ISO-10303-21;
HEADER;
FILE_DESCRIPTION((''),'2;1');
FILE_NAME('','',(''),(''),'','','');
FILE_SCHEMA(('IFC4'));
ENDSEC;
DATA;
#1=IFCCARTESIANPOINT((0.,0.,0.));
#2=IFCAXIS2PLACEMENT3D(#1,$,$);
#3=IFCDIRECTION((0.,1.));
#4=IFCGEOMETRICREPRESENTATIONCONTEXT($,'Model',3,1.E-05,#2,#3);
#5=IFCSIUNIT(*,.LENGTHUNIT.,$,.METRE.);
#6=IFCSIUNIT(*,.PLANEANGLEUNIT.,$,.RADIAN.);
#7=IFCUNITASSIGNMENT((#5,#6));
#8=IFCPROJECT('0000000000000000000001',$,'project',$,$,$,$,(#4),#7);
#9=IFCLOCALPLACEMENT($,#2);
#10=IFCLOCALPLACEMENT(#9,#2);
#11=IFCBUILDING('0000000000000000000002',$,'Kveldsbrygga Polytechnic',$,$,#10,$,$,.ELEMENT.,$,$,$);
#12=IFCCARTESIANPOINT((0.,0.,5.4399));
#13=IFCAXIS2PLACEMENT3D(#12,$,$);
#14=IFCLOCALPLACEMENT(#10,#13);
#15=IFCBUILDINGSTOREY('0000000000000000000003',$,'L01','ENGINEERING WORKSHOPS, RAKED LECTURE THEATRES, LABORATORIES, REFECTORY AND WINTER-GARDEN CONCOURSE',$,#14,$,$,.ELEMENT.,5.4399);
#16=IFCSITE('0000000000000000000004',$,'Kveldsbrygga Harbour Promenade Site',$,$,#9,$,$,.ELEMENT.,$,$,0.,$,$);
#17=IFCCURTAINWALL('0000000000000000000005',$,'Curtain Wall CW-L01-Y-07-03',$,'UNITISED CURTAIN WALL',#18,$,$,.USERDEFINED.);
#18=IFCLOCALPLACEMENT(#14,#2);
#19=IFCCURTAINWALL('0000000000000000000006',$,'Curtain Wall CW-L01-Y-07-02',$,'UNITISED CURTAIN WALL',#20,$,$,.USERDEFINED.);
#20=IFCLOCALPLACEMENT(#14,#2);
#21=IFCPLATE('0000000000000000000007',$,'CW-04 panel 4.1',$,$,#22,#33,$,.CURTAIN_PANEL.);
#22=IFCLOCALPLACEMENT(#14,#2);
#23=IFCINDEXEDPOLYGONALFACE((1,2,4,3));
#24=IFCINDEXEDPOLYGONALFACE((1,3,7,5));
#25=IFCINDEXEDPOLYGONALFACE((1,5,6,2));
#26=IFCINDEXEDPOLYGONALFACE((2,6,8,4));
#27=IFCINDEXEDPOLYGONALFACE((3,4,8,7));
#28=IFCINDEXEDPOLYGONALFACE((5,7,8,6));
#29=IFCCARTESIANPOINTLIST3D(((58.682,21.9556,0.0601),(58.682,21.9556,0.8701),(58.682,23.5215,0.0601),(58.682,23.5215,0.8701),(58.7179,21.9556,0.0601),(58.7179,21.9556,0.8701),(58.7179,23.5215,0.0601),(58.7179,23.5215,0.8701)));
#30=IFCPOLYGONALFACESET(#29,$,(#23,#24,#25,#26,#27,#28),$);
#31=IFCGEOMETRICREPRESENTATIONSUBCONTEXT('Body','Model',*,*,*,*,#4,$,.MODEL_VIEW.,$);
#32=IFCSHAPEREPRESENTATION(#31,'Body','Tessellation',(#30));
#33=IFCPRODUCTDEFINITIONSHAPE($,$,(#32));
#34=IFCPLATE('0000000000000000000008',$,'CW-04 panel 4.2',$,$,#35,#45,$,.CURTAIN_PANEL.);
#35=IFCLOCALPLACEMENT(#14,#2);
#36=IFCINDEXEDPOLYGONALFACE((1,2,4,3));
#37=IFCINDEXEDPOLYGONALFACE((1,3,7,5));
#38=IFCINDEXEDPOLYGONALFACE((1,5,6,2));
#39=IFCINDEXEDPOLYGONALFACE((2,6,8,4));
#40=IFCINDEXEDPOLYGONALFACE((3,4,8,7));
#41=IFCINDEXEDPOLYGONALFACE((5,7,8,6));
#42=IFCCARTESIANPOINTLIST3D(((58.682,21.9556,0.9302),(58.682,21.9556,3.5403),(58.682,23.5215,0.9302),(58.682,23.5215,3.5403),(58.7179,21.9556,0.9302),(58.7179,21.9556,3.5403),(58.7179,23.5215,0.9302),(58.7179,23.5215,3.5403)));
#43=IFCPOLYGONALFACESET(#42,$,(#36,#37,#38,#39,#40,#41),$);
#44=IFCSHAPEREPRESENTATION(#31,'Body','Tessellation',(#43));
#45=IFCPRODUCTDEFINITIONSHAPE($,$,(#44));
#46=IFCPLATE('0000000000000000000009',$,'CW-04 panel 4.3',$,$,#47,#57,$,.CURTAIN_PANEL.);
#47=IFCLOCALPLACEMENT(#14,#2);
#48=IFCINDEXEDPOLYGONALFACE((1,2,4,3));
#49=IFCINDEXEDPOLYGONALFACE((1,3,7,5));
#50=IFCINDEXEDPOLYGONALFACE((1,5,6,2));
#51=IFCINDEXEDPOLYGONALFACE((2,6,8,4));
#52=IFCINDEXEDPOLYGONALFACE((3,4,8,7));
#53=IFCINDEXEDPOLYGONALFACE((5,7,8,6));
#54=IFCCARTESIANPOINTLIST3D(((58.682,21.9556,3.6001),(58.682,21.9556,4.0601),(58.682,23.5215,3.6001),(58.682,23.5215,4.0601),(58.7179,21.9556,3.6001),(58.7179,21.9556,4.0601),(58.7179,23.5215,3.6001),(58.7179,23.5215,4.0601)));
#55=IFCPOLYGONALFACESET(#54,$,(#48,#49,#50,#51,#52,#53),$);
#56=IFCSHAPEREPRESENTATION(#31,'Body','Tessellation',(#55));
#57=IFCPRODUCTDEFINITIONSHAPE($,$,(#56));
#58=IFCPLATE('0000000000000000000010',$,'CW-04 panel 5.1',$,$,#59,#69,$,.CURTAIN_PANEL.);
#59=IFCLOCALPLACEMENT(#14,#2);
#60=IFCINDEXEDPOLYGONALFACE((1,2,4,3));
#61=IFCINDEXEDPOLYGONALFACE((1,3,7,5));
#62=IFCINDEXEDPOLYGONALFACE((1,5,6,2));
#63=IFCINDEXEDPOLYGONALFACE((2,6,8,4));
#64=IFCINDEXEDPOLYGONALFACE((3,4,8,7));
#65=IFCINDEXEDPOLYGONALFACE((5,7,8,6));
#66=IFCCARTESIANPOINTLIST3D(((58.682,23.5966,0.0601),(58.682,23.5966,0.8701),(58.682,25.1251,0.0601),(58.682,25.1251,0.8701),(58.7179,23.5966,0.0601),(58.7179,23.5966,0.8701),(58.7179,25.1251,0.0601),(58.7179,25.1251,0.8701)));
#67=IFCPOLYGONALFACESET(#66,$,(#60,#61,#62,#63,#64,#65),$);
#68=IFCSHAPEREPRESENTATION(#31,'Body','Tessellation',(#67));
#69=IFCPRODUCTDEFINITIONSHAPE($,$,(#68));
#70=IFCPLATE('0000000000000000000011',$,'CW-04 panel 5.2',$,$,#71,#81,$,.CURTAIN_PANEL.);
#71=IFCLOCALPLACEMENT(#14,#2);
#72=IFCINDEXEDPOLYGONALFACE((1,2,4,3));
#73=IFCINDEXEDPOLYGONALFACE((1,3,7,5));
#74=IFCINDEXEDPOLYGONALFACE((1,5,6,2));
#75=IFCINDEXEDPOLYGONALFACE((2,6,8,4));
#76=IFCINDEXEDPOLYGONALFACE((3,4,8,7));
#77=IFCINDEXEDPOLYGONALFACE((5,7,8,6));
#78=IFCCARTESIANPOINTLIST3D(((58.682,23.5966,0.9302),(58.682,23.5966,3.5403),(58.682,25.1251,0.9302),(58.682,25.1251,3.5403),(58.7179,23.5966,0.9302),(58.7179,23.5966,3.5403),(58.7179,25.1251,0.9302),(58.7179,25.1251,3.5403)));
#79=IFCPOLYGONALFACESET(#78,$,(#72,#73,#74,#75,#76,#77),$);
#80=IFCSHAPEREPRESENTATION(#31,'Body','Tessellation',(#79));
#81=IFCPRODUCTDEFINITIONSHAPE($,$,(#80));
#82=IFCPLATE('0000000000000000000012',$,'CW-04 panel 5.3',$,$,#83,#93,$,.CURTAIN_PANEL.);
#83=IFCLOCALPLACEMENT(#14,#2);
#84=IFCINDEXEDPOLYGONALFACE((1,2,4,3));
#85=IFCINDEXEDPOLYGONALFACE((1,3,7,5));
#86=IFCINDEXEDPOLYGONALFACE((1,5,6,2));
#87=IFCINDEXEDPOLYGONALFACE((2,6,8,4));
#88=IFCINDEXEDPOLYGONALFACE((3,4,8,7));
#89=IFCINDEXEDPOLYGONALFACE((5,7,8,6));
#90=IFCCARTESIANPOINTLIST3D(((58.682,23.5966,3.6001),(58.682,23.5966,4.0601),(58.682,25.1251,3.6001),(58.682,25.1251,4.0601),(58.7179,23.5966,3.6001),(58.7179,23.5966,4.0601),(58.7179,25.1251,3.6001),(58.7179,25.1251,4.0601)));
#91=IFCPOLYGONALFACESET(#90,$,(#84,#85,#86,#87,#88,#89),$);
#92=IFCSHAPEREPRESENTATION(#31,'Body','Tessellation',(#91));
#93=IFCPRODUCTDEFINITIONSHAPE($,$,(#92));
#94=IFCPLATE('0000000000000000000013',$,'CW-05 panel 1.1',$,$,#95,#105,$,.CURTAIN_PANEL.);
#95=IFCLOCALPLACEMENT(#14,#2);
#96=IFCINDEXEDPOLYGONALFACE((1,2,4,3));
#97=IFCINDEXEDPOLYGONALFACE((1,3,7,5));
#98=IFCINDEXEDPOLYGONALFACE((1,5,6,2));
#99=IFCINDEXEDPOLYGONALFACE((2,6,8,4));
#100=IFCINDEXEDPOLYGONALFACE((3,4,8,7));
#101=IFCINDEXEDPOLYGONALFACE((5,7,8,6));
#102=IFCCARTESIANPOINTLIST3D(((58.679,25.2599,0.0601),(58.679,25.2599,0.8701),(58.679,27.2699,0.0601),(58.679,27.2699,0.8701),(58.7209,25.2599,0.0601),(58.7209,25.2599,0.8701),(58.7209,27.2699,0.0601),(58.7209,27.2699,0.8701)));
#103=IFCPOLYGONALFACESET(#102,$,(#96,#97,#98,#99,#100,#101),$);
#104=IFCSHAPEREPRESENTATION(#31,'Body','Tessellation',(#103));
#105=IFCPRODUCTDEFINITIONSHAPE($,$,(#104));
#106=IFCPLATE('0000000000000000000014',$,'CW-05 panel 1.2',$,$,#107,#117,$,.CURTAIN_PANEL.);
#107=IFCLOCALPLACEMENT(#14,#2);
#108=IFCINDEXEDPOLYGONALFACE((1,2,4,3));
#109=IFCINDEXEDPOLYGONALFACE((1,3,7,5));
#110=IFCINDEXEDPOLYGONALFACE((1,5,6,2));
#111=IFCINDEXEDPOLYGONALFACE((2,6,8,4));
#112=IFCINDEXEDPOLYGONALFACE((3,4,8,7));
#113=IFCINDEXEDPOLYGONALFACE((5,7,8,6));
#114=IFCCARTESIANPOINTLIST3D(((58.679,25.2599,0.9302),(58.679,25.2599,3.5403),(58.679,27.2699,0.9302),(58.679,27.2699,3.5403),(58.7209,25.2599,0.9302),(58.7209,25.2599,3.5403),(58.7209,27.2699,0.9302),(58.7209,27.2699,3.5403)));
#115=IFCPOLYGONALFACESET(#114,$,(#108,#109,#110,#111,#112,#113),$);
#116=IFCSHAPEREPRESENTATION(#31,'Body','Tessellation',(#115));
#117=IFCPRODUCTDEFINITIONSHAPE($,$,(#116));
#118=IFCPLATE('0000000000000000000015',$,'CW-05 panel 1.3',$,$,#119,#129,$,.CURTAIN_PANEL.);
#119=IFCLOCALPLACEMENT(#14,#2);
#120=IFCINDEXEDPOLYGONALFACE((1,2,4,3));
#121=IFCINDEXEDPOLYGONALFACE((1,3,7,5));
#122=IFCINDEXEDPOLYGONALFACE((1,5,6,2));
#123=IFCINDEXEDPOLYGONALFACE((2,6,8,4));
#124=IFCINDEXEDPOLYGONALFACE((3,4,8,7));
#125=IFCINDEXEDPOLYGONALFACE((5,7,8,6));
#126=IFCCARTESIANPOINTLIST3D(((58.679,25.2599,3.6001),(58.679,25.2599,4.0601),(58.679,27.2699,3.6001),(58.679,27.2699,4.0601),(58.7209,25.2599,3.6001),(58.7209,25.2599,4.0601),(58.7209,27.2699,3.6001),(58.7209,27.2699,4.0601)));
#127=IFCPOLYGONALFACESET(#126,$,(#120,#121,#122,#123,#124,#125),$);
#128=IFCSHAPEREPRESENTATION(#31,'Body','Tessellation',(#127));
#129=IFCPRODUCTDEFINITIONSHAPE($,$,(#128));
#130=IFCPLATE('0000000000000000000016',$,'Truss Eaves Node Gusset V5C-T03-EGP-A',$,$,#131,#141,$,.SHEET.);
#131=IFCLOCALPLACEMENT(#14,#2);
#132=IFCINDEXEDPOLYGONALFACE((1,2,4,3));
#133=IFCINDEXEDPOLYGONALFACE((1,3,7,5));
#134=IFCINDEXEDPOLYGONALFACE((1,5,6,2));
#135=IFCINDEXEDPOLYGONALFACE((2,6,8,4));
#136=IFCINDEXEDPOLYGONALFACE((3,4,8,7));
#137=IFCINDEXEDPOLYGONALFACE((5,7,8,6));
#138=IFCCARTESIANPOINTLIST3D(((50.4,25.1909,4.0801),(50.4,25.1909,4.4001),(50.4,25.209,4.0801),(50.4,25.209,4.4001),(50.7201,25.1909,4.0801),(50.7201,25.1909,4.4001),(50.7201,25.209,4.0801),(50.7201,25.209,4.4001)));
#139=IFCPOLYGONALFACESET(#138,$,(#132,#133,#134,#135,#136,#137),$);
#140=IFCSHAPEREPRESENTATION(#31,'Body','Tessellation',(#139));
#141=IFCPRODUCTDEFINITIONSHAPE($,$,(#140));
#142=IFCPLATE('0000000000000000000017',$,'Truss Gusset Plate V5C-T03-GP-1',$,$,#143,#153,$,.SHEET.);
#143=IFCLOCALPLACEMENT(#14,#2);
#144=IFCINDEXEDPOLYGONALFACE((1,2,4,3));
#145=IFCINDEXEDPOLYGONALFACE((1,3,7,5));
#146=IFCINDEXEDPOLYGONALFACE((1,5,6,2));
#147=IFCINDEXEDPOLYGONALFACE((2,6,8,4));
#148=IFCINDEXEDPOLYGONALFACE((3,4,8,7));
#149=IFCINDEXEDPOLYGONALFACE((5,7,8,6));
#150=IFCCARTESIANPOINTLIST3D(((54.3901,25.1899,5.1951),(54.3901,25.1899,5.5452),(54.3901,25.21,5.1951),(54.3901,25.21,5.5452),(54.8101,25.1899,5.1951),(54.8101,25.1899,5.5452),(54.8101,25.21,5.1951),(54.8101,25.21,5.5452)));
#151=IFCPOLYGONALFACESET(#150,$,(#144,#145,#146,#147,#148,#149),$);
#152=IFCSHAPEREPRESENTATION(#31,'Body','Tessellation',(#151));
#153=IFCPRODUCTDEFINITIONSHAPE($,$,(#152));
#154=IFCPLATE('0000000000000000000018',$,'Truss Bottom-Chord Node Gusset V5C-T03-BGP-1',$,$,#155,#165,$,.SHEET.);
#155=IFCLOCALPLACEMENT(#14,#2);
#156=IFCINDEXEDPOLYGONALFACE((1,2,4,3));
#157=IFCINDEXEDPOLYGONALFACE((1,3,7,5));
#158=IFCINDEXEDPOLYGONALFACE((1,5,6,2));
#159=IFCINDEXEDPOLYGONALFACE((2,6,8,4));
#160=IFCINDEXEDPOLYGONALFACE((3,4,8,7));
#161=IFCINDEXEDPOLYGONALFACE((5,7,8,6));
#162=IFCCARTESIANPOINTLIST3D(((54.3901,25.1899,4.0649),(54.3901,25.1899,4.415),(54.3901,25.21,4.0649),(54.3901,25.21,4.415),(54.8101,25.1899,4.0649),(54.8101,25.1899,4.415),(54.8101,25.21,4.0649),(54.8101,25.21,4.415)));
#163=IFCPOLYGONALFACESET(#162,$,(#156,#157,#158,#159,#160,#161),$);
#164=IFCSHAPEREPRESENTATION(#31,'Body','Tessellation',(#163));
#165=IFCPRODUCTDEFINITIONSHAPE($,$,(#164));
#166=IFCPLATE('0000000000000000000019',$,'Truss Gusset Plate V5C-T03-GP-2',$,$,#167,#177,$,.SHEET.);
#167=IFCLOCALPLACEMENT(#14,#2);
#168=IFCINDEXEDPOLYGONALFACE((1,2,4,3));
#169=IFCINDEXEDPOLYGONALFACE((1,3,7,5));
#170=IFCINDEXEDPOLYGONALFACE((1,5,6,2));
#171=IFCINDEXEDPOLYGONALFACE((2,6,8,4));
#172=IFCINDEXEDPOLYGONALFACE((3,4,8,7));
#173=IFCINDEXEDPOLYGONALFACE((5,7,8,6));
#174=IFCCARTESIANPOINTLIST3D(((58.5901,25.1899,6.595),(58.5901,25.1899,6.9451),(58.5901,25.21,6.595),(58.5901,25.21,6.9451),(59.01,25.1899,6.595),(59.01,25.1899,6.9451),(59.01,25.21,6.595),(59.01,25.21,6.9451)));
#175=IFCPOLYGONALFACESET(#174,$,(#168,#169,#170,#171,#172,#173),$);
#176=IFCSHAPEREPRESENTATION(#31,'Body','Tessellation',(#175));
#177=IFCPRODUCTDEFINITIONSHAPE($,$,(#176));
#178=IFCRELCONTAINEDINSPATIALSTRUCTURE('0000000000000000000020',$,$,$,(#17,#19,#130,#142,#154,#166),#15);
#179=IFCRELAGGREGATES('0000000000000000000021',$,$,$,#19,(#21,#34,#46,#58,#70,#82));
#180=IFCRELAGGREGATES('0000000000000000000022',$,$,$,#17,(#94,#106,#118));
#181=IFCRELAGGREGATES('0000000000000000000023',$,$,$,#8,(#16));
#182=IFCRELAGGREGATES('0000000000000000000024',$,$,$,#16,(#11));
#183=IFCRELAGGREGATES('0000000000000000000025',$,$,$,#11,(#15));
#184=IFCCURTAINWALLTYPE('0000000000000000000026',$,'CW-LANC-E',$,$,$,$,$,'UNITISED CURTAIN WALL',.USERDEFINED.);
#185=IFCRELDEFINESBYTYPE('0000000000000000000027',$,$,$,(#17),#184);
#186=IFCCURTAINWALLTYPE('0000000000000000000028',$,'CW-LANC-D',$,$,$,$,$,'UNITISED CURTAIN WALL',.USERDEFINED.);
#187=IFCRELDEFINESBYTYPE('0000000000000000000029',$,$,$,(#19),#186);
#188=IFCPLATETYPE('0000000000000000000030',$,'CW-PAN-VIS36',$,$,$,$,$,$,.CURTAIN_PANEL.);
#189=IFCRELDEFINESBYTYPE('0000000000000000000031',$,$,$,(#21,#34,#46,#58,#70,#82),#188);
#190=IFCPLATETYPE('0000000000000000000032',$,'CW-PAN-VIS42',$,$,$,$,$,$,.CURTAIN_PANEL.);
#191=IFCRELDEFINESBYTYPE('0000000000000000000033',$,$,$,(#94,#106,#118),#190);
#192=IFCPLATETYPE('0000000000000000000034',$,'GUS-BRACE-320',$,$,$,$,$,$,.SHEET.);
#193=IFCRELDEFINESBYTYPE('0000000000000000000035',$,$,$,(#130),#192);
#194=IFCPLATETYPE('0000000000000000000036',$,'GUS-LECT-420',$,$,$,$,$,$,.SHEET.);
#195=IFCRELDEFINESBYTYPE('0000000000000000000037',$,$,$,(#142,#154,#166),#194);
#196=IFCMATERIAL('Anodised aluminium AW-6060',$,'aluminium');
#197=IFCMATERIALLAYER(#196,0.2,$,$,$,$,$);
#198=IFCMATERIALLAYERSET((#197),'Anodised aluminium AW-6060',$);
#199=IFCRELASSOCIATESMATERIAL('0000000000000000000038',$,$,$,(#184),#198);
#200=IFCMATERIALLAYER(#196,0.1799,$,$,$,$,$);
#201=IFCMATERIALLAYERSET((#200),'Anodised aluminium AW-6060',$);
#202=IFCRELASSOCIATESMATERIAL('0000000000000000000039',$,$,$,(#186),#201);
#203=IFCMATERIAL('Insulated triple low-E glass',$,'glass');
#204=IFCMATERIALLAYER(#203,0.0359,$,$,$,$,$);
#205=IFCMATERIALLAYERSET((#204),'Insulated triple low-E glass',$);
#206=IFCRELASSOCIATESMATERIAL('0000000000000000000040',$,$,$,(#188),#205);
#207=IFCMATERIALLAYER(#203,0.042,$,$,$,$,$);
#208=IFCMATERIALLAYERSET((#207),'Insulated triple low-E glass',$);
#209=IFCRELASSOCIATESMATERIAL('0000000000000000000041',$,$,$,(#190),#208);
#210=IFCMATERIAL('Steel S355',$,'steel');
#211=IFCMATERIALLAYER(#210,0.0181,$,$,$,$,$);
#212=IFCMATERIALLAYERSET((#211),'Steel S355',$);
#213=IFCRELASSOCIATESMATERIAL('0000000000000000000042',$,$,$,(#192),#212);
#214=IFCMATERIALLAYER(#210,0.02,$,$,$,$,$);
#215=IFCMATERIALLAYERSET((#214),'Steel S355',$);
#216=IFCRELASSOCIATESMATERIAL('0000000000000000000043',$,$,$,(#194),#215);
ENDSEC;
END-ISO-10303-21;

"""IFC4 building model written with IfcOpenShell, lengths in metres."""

from ifc_helpers import new_model, si_unit, direction, frame, origin, origin_2d, place, context, subcontext, project, spatial, rectangle, extrude, material, layer, layer_set, type_object, element, aggregate, save


model = new_model("IFC4")

# Units and contexts
model_context = context("Model", 3, precision=1e-05, world=origin(), true_north=direction((0.0, 1.0)))
body_context = subcontext(model_context, "Body", "Model", "MODEL_VIEW")
ifc_project = project(units=[si_unit("LENGTHUNIT", "METRE"), si_unit("PLANEANGLEUNIT", "RADIAN")], contexts=[model_context])

# Site, building, storey
site_placement = place(None, origin())
site = spatial("IfcSite", under=ifc_project, at=site_placement, Name="Kveldsbrygga Harbour Promenade Site", CompositionType="ELEMENT", RefElevation=0.0)
building_placement = place(site_placement, origin())
building = spatial("IfcBuilding", under=site, at=building_placement, Name="Kveldsbrygga Polytechnic", CompositionType="ELEMENT")
storey_placement = place(building_placement, frame((0.0, 0.0, 5.4399)))
storey = spatial("IfcBuildingStorey", under=building, at=storey_placement, Name="L01", Description="ENGINEERING WORKSHOPS, RAKED LECTURE THEATRES, LABORATORIES, REFECTORY AND WINTER-GARDEN CONCOURSE", CompositionType="ELEMENT", Elevation=5.4399)

# Curtain walls
ifc_material_1 = material(Name="Anodised aluminium AW-6060", Category="aluminium")
ifc_layer_1 = layer(ifc_material_1, 0.2)
ifc_layer_set_1 = layer_set([ifc_layer_1], Name="Anodised aluminium AW-6060")
curtain_wall_type_1 = type_object("IfcCurtainWallType", Name="CW-LANC-E", ElementType="UNITISED CURTAIN WALL", PredefinedType="USERDEFINED", material=ifc_layer_set_1)
curtain_wall_1_placement = place(storey_placement, origin())
curtain_wall_1 = element("IfcCurtainWall", 1, at=curtain_wall_1_placement, inside=storey, type_object=curtain_wall_type_1, Name="Curtain Wall CW-L01-Y-07-03", ObjectType="UNITISED CURTAIN WALL", PredefinedType="USERDEFINED")
ifc_layer_2 = layer(ifc_material_1, 0.1799)
ifc_layer_set_2 = layer_set([ifc_layer_2], Name="Anodised aluminium AW-6060")
curtain_wall_type_2 = type_object("IfcCurtainWallType", Name="CW-LANC-D", ElementType="UNITISED CURTAIN WALL", PredefinedType="USERDEFINED", material=ifc_layer_set_2)
curtain_wall_2_placement = place(storey_placement, origin())
curtain_wall_2 = element("IfcCurtainWall", 2, at=curtain_wall_2_placement, inside=storey, type_object=curtain_wall_type_2, Name="Curtain Wall CW-L01-Y-07-02", ObjectType="UNITISED CURTAIN WALL", PredefinedType="USERDEFINED")

# Shared definitions
ifc_material_2 = material(Name="Steel S355", Category="steel")

# Plates
ifc_material_3 = material(Name="Insulated triple low-E glass", Category="glass")
ifc_layer_3 = layer(ifc_material_3, 0.0359)
ifc_layer_set_3 = layer_set([ifc_layer_3], Name="Insulated triple low-E glass")
plate_type_1 = type_object("IfcPlateType", Name="CW-PAN-VIS36", PredefinedType="CURTAIN_PANEL", material=ifc_layer_set_3)
plate_1_placement = place(storey_placement, frame((58.7, 22.7385, 0.0601), z_axis=(0.0, 0.0, 1.0), x_axis=(0.0, 1.0, 0.0)))
plate_1 = element("IfcPlate", 3, at=plate_1_placement, type_object=plate_type_1, Name="CW-04 panel 4.1", PredefinedType="CURTAIN_PANEL", context=body_context, shape_type="SweptSolid", body=[
    extrude(rectangle(XDim=1.5659, YDim=0.0359, at=origin_2d()), origin(), (0.0, 0.0, 1.0), 0.8101),
])
plate_2_placement = place(storey_placement, frame((58.7, 22.7385, 0.9302), z_axis=(0.0, 0.0, 1.0), x_axis=(0.0, 1.0, 0.0)))
plate_2 = element("IfcPlate", 4, at=plate_2_placement, type_object=plate_type_1, Name="CW-04 panel 4.2", PredefinedType="CURTAIN_PANEL", context=body_context, shape_type="SweptSolid", body=[
    extrude(rectangle(XDim=1.5659, YDim=0.0359, at=origin_2d()), origin(), (0.0, 0.0, 1.0), 2.6101),
])
plate_3_placement = place(storey_placement, frame((58.7, 22.7385, 3.6001), z_axis=(0.0, 0.0, 1.0), x_axis=(0.0, 1.0, 0.0)))
plate_3 = element("IfcPlate", 5, at=plate_3_placement, type_object=plate_type_1, Name="CW-04 panel 4.3", PredefinedType="CURTAIN_PANEL", context=body_context, shape_type="SweptSolid", body=[
    extrude(rectangle(XDim=1.5659, YDim=0.0359, at=origin_2d()), origin(), (0.0, 0.0, 1.0), 0.46),
])
plate_4_placement = place(storey_placement, frame((58.7, 24.3608, 0.0601), z_axis=(0.0, 0.0, 1.0), x_axis=(0.0, 1.0, 0.0)))
plate_4 = element("IfcPlate", 6, at=plate_4_placement, type_object=plate_type_1, Name="CW-04 panel 5.1", PredefinedType="CURTAIN_PANEL", context=body_context, shape_type="SweptSolid", body=[
    extrude(rectangle(XDim=1.5286, YDim=0.0359, at=origin_2d()), origin(), (0.0, 0.0, 1.0), 0.8101),
])
plate_5_placement = place(storey_placement, frame((58.7, 24.3608, 0.9302), z_axis=(0.0, 0.0, 1.0), x_axis=(0.0, 1.0, 0.0)))
plate_5 = element("IfcPlate", 7, at=plate_5_placement, type_object=plate_type_1, Name="CW-04 panel 5.2", PredefinedType="CURTAIN_PANEL", context=body_context, shape_type="SweptSolid", body=[
    extrude(rectangle(XDim=1.5286, YDim=0.0359, at=origin_2d()), origin(), (0.0, 0.0, 1.0), 2.6101),
])
plate_6_placement = place(storey_placement, frame((58.7, 24.3608, 3.6001), z_axis=(0.0, 0.0, 1.0), x_axis=(0.0, 1.0, 0.0)))
plate_6 = element("IfcPlate", 8, at=plate_6_placement, type_object=plate_type_1, Name="CW-04 panel 5.3", PredefinedType="CURTAIN_PANEL", context=body_context, shape_type="SweptSolid", body=[
    extrude(rectangle(XDim=1.5286, YDim=0.0359, at=origin_2d()), origin(), (0.0, 0.0, 1.0), 0.46),
])
aggregate(curtain_wall_2, [plate_1, plate_2, plate_3, plate_4, plate_5, plate_6])
ifc_layer_4 = layer(ifc_material_3, 0.042)
ifc_layer_set_4 = layer_set([ifc_layer_4], Name="Insulated triple low-E glass")
plate_type_2 = type_object("IfcPlateType", Name="CW-PAN-VIS42", PredefinedType="CURTAIN_PANEL", material=ifc_layer_set_4)
plate_7_placement = place(storey_placement, frame((58.7, 26.2649, 0.0601), z_axis=(0.0, 0.0, 1.0), x_axis=(0.0, 1.0, 0.0)))
plate_7 = element("IfcPlate", 9, at=plate_7_placement, type_object=plate_type_2, Name="CW-05 panel 1.1", PredefinedType="CURTAIN_PANEL", context=body_context, shape_type="SweptSolid", body=[
    extrude(rectangle(XDim=2.01, YDim=0.042, at=origin_2d()), origin(), (0.0, 0.0, 1.0), 0.8101),
])
plate_8_placement = place(storey_placement, frame((58.7, 26.2649, 0.9302), z_axis=(0.0, 0.0, 1.0), x_axis=(0.0, 1.0, 0.0)))
plate_8 = element("IfcPlate", 10, at=plate_8_placement, type_object=plate_type_2, Name="CW-05 panel 1.2", PredefinedType="CURTAIN_PANEL", context=body_context, shape_type="SweptSolid", body=[
    extrude(rectangle(XDim=2.01, YDim=0.042, at=origin_2d()), origin(), (0.0, 0.0, 1.0), 2.6101),
])
plate_9_placement = place(storey_placement, frame((58.7, 26.2649, 3.6001), z_axis=(0.0, 0.0, 1.0), x_axis=(0.0, 1.0, 0.0)))
plate_9 = element("IfcPlate", 11, at=plate_9_placement, type_object=plate_type_2, Name="CW-05 panel 1.3", PredefinedType="CURTAIN_PANEL", context=body_context, shape_type="SweptSolid", body=[
    extrude(rectangle(XDim=2.01, YDim=0.042, at=origin_2d()), origin(), (0.0, 0.0, 1.0), 0.46),
])
aggregate(curtain_wall_1, [plate_7, plate_8, plate_9])

# Plates
ifc_layer_5 = layer(ifc_material_2, 0.0181)
ifc_layer_set_5 = layer_set([ifc_layer_5], Name="Steel S355")
plate_type_3 = type_object("IfcPlateType", Name="GUS-BRACE-320", PredefinedType="SHEET", material=ifc_layer_set_5)
plate_10_placement = place(storey_placement, frame((50.5601, 25.2, 4.0801), z_axis=(0.0, 0.0, 1.0), x_axis=(1.0, 0.0, 0.0)))
element("IfcPlate", 12, at=plate_10_placement, inside=storey, type_object=plate_type_3, Name="Truss Eaves Node Gusset V5C-T03-EGP-A", PredefinedType="SHEET", context=body_context, shape_type="SweptSolid", body=[
    extrude(rectangle(XDim=0.3201, YDim=0.0181, at=origin_2d()), origin(), (0.0, 0.0, 1.0), 0.3201),
])
ifc_layer_6 = layer(ifc_material_2, 0.02)
ifc_layer_set_6 = layer_set([ifc_layer_6], Name="Steel S355")
plate_type_4 = type_object("IfcPlateType", Name="GUS-LECT-420", PredefinedType="SHEET", material=ifc_layer_set_6)
for number, where, z_axis, x_axis, name in (
    (13, (54.6001, 25.2, 5.1951), (0.0, 0.0, 1.0), (1.0, 0.0, 0.0), "Truss Gusset Plate V5C-T03-GP-1"),
    (14, (54.6001, 25.2, 4.0649), (0.0, 0.0, 1.0), (1.0, 0.0, 0.0), "Truss Bottom-Chord Node Gusset V5C-T03-BGP-1"),
    (15, (58.8, 25.2, 6.595), (0.0, 0.0, 1.0), (1.0, 0.0, 0.0), "Truss Gusset Plate V5C-T03-GP-2"),
):
    element("IfcPlate", number, at=place(storey_placement, frame(where, z_axis=z_axis, x_axis=x_axis)), inside=storey, type_object=plate_type_4, Name=name, PredefinedType="SHEET", context=body_context, shape_type="SweptSolid", body=[
        extrude(rectangle(XDim=0.4199, YDim=0.02, at=origin_2d()), origin(), (0.0, 0.0, 1.0), 0.3501),
    ])

save(model, "model.ifc")
